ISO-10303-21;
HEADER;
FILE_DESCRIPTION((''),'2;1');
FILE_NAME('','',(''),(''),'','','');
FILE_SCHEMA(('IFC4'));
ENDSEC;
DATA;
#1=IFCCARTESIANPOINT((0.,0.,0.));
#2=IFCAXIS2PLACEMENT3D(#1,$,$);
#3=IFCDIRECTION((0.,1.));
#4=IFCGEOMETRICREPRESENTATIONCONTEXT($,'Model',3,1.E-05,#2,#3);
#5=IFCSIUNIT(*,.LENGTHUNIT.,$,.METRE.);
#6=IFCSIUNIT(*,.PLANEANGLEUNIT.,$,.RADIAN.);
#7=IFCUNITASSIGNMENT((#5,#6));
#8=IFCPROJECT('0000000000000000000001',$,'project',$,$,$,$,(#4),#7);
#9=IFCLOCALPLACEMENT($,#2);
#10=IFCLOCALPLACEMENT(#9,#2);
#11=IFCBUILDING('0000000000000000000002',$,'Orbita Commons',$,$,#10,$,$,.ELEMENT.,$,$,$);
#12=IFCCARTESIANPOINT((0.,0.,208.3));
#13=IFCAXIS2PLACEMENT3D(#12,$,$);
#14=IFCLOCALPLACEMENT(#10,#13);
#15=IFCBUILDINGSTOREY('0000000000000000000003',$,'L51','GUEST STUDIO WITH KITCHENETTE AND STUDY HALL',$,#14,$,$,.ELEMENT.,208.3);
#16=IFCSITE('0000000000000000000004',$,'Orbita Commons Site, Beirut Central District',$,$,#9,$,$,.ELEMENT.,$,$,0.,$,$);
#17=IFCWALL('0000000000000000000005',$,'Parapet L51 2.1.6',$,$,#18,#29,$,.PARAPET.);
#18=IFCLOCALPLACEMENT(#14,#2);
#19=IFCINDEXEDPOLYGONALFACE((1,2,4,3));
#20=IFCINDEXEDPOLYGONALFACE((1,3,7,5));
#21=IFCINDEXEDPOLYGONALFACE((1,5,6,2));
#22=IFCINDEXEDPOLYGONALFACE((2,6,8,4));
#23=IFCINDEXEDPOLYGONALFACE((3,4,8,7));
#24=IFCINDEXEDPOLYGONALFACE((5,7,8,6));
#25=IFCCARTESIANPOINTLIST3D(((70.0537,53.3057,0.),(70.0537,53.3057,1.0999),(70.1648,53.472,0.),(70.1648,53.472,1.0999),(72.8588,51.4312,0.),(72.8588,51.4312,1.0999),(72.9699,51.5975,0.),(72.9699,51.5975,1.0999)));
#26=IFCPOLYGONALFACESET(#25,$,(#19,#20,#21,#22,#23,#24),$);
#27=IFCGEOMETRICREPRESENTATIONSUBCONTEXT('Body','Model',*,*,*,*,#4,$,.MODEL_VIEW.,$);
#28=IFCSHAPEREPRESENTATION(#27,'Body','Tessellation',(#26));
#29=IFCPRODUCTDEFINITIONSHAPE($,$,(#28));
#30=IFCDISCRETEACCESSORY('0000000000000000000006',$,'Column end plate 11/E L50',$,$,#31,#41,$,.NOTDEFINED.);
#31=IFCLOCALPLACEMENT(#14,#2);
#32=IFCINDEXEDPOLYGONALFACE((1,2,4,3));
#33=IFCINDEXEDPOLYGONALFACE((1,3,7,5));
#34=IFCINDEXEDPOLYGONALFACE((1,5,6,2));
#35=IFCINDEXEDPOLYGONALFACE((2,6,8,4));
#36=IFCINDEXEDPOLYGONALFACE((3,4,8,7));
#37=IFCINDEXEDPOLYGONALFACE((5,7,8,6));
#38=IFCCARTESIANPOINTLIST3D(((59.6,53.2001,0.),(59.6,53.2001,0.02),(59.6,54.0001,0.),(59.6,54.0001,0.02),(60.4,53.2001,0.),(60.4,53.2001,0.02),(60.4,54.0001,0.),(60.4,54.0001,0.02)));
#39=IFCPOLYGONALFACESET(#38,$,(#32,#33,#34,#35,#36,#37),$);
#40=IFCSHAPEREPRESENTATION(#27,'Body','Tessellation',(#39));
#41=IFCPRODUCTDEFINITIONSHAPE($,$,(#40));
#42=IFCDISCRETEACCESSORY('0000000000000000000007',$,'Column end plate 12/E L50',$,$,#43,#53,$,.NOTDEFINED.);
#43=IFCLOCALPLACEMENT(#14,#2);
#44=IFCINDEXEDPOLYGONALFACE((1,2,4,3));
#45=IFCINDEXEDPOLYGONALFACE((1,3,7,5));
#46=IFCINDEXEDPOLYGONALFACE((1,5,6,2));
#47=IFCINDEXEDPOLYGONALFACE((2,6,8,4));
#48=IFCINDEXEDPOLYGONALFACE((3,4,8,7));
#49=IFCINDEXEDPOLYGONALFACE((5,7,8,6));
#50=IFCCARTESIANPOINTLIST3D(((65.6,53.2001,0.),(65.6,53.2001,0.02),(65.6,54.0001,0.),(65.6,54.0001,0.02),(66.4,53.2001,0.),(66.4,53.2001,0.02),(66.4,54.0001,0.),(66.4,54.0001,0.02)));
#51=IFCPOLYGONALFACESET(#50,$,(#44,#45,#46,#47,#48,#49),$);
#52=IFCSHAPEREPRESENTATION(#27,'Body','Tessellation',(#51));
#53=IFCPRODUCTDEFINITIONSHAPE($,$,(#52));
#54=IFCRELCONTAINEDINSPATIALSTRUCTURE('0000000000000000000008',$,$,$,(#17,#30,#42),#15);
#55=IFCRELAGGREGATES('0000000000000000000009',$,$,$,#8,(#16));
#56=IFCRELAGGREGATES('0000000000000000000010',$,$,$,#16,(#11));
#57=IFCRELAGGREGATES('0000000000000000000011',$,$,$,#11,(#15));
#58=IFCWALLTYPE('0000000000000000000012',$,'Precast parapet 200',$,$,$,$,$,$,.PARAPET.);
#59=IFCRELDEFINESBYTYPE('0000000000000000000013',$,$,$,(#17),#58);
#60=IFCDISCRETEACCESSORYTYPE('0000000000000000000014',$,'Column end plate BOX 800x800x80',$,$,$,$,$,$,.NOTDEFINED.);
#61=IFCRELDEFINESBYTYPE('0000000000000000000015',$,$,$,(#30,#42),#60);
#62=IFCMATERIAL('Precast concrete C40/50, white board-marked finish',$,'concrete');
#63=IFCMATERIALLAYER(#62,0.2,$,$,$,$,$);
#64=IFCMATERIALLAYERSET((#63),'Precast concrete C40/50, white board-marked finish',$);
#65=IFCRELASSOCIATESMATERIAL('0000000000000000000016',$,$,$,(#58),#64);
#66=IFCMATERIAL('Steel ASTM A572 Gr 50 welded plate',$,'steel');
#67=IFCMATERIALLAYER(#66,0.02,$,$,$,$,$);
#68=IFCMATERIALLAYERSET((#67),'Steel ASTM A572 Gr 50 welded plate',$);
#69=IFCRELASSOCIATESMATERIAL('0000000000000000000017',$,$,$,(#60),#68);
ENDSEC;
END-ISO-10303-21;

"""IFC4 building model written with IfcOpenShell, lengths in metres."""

from ifc_helpers import new_model, si_unit, direction, frame, frame_2d, origin, origin_2d, place, context, subcontext, project, spatial, rectangle, extrude, material, layer, layer_set, type_object, element, save


model = new_model("IFC4")

# Units and contexts
model_context = context("Model", 3, precision=1e-05, world=origin(), true_north=direction((0.0, 1.0)))
body_context = subcontext(model_context, "Body", "Model", "MODEL_VIEW")
ifc_project = project(units=[si_unit("LENGTHUNIT", "METRE"), si_unit("PLANEANGLEUNIT", "RADIAN")], contexts=[model_context])

# Site, building, storey
site_placement = place(None, origin())
site = spatial("IfcSite", under=ifc_project, at=site_placement, Name="Orbita Commons Site, Beirut Central District", CompositionType="ELEMENT", RefElevation=0.0)
building_placement = place(site_placement, origin())
building = spatial("IfcBuilding", under=site, at=building_placement, Name="Orbita Commons", CompositionType="ELEMENT")
storey_placement = place(building_placement, frame((0.0, 0.0, 208.3)))
storey = spatial("IfcBuildingStorey", under=building, at=storey_placement, Name="L51", Description="GUEST STUDIO WITH KITCHENETTE AND STUDY HALL", CompositionType="ELEMENT", Elevation=208.3)

# Wall
ifc_material_1 = material(Name="Precast concrete C40/50, white board-marked finish", Category="concrete")
ifc_layer_1 = layer(ifc_material_1, 0.2)
ifc_layer_set_1 = layer_set([ifc_layer_1], Name="Precast concrete C40/50, white board-marked finish")
wall_type_1 = type_object("IfcWallType", Name="Precast parapet 200", PredefinedType="PARAPET", material=ifc_layer_set_1)
wall_1_placement = place(storey_placement, frame((70.1091, 53.3889, 0.0), z_axis=(0.0, 0.0, 1.0), x_axis=(0.831449, -0.555602, 0.0)))
element("IfcWall", 1, at=wall_1_placement, inside=storey, type_object=wall_type_1, Name="Parapet L51 2.1.6", PredefinedType="PARAPET", context=body_context, shape_type="SweptSolid", body=[
    extrude(rectangle(XDim=3.3738, YDim=0.2, at=frame_2d((1.687, 0.0))), origin(), (0.0, 0.0, 1.0), 1.0999),
])

# Discrete accessories
ifc_material_2 = material(Name="Steel ASTM A572 Gr 50 welded plate", Category="steel")
ifc_layer_2 = layer(ifc_material_2, 0.02)
ifc_layer_set_2 = layer_set([ifc_layer_2], Name="Steel ASTM A572 Gr 50 welded plate")
discrete_accessory_type = type_object("IfcDiscreteAccessoryType", Name="Column end plate BOX 800x800x80", PredefinedType="NOTDEFINED", material=ifc_layer_set_2)
for number, where, z_axis, x_axis, name in (
    (2, (60.0, 53.6001, 0.0), (0.0, 0.0, 1.0), (1.0, 0.0, 0.0), "Column end plate 11/E L50"),
    (3, (66.0, 53.6001, 0.0), (0.0, 0.0, 1.0), (1.0, 0.0, 0.0), "Column end plate 12/E L50"),
):
    element("IfcDiscreteAccessory", number, at=place(storey_placement, frame(where, z_axis=z_axis, x_axis=x_axis)), inside=storey, type_object=discrete_accessory_type, Name=name, PredefinedType="NOTDEFINED", context=body_context, shape_type="SweptSolid", body=[
        extrude(rectangle(XDim=0.8, YDim=0.8, at=origin_2d()), origin(), (0.0, 0.0, 1.0), 0.02),
    ])

save(model, "model.ifc")
